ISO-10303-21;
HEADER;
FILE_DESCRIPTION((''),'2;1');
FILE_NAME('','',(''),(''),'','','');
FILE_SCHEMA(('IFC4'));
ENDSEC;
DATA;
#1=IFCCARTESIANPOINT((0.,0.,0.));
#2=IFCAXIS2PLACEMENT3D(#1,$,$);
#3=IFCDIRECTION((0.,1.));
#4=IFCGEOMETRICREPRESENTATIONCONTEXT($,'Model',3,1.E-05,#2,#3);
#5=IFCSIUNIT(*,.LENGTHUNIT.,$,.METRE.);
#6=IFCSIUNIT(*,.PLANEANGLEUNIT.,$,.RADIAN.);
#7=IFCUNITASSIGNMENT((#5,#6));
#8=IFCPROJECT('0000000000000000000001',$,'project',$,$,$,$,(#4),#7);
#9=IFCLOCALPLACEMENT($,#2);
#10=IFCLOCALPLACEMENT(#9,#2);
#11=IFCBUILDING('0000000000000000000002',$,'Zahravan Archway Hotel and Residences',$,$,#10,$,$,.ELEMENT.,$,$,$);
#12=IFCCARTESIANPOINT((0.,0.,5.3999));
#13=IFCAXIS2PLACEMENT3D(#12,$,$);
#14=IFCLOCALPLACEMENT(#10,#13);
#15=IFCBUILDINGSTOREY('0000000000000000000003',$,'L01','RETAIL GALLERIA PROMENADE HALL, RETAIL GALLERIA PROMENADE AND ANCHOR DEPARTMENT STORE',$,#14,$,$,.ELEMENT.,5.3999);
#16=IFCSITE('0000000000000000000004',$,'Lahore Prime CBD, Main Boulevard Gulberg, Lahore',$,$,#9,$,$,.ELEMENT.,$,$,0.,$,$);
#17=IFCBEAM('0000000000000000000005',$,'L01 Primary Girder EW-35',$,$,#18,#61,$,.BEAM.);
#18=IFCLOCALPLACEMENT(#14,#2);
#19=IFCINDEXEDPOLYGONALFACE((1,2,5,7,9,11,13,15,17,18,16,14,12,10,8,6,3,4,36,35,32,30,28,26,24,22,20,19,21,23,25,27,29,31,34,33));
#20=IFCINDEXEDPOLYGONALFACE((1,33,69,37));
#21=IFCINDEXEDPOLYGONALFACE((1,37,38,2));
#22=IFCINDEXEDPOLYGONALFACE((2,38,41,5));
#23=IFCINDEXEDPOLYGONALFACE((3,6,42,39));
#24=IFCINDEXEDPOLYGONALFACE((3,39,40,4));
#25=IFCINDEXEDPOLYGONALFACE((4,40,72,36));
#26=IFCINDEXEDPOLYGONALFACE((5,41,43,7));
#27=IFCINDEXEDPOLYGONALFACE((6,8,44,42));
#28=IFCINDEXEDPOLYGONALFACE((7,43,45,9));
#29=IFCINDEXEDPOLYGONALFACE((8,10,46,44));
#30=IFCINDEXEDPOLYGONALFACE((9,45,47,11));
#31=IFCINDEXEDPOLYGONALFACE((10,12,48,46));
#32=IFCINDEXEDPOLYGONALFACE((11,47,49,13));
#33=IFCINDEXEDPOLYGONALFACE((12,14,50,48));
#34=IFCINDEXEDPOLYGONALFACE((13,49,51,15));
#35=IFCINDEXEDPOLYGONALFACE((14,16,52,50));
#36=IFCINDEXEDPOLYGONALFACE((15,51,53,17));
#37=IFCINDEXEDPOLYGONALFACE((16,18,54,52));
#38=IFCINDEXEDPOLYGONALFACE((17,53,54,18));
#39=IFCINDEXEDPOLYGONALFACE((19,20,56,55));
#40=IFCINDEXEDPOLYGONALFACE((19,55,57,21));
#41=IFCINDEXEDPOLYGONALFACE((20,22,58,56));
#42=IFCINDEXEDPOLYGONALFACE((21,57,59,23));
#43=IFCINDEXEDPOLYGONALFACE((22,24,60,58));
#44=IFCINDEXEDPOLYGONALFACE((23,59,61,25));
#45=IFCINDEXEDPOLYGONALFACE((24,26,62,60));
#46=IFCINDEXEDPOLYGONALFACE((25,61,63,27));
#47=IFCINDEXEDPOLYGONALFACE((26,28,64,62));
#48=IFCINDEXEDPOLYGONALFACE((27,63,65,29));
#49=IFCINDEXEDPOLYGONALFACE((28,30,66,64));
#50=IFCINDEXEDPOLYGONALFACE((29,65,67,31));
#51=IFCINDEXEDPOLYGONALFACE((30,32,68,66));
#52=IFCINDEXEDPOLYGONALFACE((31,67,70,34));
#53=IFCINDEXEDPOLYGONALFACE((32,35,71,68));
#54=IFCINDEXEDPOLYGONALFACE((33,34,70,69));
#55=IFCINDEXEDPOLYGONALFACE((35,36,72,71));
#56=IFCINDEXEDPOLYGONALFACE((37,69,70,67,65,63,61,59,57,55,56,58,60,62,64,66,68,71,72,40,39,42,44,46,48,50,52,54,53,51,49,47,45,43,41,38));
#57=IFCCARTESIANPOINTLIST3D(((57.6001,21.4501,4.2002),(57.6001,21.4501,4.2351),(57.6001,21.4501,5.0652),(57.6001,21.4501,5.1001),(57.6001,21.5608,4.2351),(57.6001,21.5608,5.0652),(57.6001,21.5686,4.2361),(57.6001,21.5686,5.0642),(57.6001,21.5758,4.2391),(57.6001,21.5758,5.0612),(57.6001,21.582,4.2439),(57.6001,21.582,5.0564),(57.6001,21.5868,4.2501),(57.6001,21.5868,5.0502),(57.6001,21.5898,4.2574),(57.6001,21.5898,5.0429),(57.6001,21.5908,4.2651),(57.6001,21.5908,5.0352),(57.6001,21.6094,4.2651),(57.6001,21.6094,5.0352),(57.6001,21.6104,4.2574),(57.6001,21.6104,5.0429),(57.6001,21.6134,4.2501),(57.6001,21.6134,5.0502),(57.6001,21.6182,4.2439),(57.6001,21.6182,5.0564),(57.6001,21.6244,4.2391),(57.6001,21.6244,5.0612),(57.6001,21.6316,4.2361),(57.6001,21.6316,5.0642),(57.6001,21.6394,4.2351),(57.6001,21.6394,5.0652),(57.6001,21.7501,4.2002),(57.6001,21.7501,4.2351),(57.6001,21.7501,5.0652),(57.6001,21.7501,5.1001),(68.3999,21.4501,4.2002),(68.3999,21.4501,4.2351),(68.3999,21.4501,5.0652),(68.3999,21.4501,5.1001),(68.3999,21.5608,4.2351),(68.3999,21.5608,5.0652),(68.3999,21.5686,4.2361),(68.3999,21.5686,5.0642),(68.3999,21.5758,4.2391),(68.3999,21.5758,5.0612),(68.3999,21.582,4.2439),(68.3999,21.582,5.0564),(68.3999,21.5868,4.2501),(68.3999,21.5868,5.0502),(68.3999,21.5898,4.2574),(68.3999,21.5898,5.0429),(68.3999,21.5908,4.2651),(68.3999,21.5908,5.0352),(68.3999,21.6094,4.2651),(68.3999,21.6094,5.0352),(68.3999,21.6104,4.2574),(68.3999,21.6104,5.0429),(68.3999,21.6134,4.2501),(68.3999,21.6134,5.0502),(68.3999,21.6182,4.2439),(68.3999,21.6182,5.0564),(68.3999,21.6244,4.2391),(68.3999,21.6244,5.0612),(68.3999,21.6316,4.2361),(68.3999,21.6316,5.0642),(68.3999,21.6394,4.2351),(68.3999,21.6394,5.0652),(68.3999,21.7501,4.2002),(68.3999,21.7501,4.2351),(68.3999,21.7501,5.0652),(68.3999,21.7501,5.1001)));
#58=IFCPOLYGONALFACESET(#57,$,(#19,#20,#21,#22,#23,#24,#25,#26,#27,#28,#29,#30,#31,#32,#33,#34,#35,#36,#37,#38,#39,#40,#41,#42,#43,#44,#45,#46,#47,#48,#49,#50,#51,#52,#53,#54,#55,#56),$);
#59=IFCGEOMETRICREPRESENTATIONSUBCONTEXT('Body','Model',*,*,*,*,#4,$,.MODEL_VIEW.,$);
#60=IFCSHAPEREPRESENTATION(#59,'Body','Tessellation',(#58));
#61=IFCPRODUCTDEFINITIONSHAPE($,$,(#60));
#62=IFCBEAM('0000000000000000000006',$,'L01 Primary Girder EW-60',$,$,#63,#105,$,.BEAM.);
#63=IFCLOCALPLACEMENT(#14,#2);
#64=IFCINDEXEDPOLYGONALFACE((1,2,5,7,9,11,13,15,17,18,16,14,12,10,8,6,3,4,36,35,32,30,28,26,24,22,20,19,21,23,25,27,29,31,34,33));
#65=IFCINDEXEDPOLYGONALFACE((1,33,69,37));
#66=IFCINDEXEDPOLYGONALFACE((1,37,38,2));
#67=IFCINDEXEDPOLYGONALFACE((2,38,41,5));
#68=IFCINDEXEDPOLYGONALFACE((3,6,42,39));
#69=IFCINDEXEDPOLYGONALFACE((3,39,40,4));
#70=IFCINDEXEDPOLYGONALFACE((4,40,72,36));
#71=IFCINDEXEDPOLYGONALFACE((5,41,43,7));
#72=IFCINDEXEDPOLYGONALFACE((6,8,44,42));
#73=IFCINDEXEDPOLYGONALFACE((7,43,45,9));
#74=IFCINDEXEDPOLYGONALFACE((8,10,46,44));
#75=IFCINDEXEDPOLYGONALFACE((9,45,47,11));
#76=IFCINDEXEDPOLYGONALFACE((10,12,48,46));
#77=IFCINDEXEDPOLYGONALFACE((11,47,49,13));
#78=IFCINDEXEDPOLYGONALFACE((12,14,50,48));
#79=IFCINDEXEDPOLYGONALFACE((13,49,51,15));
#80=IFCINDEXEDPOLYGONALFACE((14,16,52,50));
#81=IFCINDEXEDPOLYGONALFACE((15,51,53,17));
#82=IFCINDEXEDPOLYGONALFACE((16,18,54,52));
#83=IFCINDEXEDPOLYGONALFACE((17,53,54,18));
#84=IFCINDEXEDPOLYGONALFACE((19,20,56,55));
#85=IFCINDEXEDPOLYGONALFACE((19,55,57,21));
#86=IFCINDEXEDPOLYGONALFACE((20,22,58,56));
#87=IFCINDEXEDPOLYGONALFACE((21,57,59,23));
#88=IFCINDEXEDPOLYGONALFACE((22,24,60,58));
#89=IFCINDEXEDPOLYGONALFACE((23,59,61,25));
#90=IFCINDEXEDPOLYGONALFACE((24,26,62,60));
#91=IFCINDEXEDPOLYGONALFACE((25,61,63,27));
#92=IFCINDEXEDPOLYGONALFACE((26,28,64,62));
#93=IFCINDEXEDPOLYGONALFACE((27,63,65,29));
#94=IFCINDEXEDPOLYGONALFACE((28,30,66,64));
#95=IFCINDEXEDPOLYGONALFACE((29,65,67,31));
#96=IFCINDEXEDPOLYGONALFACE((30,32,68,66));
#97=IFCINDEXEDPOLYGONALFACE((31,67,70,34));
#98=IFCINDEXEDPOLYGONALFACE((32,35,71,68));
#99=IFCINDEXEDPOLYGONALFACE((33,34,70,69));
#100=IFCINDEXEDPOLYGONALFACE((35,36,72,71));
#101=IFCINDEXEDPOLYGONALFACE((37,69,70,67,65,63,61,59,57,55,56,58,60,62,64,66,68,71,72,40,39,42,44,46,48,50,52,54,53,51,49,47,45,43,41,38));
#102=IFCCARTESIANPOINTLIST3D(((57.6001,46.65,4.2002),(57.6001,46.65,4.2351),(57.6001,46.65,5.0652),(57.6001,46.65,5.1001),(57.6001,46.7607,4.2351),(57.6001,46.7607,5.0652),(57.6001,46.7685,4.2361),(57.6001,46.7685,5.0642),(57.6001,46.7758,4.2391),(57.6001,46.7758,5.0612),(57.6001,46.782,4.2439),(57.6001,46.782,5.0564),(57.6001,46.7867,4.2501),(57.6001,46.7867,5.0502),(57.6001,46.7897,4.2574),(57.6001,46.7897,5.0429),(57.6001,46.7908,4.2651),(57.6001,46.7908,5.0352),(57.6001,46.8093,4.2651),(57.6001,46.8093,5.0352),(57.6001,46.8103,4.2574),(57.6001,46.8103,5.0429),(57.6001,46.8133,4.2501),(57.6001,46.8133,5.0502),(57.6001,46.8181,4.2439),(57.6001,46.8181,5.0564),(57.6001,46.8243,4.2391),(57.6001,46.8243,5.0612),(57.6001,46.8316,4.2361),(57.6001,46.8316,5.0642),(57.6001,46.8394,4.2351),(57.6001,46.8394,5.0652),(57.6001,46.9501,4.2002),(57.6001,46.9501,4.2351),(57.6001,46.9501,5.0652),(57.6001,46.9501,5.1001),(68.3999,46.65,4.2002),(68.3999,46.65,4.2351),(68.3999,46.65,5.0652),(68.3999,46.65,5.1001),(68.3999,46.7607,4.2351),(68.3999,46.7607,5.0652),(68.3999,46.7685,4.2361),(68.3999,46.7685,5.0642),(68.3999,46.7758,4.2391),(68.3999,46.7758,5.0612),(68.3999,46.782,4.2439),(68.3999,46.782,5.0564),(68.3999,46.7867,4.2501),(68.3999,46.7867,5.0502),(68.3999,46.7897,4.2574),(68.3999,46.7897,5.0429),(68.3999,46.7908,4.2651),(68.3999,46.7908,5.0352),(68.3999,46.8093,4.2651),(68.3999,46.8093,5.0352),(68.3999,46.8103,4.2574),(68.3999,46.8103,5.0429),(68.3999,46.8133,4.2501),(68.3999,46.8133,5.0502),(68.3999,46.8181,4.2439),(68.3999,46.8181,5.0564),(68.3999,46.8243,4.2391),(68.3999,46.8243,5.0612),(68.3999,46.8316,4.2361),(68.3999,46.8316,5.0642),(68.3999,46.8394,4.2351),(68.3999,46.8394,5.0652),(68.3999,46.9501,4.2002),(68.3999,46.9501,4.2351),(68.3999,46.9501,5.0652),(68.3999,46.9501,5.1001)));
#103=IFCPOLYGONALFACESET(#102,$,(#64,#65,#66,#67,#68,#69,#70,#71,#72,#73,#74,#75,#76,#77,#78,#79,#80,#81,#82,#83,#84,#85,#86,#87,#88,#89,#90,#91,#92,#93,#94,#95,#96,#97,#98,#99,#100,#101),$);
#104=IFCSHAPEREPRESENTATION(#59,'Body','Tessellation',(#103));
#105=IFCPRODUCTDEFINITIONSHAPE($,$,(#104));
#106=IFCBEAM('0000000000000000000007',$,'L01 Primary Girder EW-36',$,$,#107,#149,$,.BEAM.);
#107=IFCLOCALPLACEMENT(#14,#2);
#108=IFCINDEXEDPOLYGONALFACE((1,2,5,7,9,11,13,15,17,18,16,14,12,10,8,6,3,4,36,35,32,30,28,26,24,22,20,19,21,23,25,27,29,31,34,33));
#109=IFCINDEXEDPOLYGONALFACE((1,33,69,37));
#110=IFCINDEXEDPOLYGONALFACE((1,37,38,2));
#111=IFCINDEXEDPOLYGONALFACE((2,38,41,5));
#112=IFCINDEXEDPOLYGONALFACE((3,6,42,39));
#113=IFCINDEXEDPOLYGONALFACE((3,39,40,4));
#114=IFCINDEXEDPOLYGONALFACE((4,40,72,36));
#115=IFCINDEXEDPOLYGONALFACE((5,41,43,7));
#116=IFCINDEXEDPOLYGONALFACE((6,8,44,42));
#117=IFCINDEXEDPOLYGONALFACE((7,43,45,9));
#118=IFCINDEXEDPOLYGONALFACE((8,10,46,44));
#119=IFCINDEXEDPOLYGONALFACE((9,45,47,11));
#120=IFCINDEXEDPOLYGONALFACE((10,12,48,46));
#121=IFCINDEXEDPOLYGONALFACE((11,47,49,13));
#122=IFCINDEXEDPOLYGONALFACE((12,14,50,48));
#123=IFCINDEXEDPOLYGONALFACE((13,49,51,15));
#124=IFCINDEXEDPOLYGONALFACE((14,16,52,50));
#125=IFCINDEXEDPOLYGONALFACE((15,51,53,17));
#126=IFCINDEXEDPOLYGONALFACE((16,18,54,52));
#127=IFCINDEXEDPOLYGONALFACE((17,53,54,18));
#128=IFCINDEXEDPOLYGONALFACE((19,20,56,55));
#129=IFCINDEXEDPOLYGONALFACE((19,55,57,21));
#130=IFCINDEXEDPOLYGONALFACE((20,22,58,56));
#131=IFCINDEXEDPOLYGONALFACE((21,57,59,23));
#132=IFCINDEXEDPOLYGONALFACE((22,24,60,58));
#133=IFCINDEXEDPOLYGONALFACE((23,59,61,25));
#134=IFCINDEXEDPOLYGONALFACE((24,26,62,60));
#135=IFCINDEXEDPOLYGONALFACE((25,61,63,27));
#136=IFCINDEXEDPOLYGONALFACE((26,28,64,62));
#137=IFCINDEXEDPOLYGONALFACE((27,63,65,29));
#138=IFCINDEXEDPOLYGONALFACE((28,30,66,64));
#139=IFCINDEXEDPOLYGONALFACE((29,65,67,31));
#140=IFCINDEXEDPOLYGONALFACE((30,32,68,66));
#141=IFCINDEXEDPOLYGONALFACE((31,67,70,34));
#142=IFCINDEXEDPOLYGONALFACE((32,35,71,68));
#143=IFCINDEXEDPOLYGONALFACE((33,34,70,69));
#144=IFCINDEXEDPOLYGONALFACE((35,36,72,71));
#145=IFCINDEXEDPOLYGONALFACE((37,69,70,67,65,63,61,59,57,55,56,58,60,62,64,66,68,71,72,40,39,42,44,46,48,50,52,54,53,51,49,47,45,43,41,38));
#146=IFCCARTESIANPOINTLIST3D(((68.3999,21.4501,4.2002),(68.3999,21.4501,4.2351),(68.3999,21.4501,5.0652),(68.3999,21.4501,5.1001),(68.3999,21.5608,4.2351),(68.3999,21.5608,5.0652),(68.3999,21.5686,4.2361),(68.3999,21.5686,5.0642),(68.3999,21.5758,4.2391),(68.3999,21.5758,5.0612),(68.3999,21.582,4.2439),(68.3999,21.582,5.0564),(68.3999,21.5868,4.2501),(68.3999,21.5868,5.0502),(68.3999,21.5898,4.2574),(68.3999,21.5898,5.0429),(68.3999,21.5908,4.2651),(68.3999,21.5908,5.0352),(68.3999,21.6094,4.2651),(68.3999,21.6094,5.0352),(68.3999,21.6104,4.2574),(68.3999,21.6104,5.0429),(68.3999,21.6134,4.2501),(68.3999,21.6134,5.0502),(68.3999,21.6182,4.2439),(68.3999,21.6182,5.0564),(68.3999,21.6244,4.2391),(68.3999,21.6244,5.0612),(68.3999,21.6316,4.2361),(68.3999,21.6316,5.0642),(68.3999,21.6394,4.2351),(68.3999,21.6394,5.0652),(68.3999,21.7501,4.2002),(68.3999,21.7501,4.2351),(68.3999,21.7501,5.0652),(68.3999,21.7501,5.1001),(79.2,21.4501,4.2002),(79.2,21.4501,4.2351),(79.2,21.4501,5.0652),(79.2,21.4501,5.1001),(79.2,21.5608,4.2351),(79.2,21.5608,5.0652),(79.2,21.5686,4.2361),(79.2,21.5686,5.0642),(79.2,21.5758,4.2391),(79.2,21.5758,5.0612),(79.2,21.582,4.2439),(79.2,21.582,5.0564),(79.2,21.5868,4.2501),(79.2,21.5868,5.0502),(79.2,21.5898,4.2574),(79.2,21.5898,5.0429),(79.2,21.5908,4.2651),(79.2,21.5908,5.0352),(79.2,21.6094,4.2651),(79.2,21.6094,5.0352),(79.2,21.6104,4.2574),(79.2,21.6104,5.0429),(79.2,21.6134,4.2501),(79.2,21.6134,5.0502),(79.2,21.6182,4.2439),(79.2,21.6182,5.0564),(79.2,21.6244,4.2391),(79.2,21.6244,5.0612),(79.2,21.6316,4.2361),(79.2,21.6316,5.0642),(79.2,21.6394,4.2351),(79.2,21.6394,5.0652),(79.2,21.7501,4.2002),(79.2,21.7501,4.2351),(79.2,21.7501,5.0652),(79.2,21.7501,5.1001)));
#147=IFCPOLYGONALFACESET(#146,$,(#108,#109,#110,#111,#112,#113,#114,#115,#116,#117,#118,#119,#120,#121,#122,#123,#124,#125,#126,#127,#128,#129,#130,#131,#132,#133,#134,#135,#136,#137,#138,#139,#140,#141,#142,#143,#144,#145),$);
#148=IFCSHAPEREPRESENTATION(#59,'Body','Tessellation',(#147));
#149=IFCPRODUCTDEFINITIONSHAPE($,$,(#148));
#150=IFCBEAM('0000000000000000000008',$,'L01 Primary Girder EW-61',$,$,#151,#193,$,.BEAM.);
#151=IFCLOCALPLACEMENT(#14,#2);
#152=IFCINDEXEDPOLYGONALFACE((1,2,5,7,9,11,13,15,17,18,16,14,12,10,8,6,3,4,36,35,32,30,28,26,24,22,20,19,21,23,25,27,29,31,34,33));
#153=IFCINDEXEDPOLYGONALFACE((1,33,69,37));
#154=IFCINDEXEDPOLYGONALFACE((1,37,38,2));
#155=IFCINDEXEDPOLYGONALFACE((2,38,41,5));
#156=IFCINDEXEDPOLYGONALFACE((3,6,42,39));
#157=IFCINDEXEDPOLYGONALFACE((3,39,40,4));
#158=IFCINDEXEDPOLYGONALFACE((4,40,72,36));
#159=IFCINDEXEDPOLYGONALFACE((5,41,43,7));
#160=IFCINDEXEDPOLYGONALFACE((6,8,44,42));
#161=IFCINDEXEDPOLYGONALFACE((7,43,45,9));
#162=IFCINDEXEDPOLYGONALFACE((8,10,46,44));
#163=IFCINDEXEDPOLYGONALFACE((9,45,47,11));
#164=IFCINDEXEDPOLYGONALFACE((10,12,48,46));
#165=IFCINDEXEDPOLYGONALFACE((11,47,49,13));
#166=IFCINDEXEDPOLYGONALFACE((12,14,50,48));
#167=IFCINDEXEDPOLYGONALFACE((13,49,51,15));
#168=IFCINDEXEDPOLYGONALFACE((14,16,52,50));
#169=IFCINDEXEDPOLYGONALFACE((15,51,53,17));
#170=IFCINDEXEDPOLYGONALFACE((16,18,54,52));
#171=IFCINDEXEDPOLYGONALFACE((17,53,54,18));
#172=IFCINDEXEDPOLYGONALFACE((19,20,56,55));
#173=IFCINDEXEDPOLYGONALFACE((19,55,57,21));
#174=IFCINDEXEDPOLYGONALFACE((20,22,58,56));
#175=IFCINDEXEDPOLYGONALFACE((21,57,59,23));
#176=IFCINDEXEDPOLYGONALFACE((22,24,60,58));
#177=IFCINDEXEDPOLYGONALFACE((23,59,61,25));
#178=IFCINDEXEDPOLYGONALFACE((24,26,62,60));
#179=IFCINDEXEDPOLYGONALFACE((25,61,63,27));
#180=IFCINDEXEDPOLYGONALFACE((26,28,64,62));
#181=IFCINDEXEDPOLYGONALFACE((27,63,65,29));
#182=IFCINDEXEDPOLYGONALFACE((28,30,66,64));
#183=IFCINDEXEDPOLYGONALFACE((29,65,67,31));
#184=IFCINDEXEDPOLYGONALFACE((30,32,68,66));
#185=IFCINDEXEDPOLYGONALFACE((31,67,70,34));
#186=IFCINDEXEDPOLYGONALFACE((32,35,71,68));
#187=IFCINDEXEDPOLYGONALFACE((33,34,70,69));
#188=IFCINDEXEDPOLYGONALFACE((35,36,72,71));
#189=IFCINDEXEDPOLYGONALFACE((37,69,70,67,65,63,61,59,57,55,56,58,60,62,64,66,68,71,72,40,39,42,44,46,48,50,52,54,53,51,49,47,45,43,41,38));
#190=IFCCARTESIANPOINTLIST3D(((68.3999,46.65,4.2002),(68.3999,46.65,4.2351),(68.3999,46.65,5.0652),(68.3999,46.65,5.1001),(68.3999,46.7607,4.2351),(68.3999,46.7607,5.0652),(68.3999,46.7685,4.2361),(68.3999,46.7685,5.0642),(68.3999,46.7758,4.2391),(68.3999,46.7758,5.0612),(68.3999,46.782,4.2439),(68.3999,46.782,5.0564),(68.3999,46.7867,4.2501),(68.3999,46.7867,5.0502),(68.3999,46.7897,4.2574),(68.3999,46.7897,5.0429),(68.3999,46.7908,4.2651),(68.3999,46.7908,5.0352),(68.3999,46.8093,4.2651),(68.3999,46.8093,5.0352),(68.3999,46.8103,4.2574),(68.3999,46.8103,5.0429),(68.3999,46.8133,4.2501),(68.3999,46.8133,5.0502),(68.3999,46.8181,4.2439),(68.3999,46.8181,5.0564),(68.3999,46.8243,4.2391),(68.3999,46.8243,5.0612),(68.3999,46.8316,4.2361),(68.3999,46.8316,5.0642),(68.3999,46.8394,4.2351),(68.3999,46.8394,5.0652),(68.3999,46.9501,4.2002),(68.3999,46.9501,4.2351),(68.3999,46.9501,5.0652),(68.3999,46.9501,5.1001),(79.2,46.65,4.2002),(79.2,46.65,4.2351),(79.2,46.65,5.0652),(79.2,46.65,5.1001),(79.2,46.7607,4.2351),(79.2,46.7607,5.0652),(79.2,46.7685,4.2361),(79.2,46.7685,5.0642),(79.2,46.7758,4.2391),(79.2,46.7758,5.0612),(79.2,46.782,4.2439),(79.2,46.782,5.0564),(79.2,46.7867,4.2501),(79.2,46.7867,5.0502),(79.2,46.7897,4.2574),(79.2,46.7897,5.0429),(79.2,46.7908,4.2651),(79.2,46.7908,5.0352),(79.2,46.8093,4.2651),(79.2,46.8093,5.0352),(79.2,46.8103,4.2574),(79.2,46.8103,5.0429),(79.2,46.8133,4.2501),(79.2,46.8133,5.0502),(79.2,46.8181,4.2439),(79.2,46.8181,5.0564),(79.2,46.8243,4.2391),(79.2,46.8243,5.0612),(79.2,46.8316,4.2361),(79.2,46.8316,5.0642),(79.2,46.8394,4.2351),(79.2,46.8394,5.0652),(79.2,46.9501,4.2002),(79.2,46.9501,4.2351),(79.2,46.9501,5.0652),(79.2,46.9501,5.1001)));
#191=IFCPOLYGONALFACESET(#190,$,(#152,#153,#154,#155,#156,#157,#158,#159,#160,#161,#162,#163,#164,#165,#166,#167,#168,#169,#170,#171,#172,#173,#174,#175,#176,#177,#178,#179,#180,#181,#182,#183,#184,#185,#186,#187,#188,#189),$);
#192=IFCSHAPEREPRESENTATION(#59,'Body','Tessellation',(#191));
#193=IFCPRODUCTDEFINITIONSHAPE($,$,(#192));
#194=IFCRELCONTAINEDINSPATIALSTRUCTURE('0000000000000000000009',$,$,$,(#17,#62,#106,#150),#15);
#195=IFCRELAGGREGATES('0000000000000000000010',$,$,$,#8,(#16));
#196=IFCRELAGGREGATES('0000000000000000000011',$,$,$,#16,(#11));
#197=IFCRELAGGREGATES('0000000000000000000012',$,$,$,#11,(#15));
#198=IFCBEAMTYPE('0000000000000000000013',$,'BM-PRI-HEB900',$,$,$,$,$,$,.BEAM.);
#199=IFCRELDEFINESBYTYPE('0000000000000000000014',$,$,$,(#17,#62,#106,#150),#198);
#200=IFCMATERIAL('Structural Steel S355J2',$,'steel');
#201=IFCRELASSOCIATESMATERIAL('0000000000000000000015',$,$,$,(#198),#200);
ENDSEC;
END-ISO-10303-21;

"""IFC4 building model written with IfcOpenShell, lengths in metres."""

from ifc_helpers import new_model, si_unit, direction, frame, origin, origin_2d, place, context, subcontext, project, spatial, i_section, extrude, source, transform, mapped, material, material_profile, profile_set, type_object, element, save


model = new_model("IFC4")

# Units and contexts
model_context = context("Model", 3, precision=1e-05, world=origin(), true_north=direction((0.0, 1.0)))
body_context = subcontext(model_context, "Body", "Model", "MODEL_VIEW")
ifc_project = project(units=[si_unit("LENGTHUNIT", "METRE"), si_unit("PLANEANGLEUNIT", "RADIAN")], contexts=[model_context])

# Site, building, storey
site_placement = place(None, origin())
site = spatial("IfcSite", under=ifc_project, at=site_placement, Name="Lahore Prime CBD, Main Boulevard Gulberg, Lahore", CompositionType="ELEMENT", RefElevation=0.0)
building_placement = place(site_placement, origin())
building = spatial("IfcBuilding", under=site, at=building_placement, Name="Zahravan Archway Hotel and Residences", CompositionType="ELEMENT")
storey_placement = place(building_placement, frame((0.0, 0.0, 5.3999)))
storey = spatial("IfcBuildingStorey", under=building, at=storey_placement, Name="L01", Description="RETAIL GALLERIA PROMENADE HALL, RETAIL GALLERIA PROMENADE AND ANCHOR DEPARTMENT STORE", CompositionType="ELEMENT", Elevation=5.3999)

# Beams
ifc_material_1 = material(Name="Structural Steel S355J2", Category="steel")
ifc_material_profile_1 = material_profile(ifc_material_1, i_section(OverallWidth=0.3, OverallDepth=0.8999, WebThickness=0.0186, FlangeThickness=0.0349, FilletRadius=0.03, at=origin_2d()), Name="HEB 900", Category="steel")
ifc_profile_set_1 = profile_set([ifc_material_profile_1], Name="Structural Steel S355J2")
beam_type_1 = type_object("IfcBeamType", Name="BM-PRI-HEB900", PredefinedType="BEAM", material=ifc_profile_set_1)
shared_shape_1 = source(origin(), body_context, "Body", "SweptSolid", [
    extrude(i_section(OverallWidth=0.3, OverallDepth=0.8999, WebThickness=0.0186, FlangeThickness=0.0349, FilletRadius=0.03, at=origin_2d()), origin(), (0.0, 0.0, 1.0), 10.7998),
])
for number, where, z_axis, x_axis, name in (
    (1, (57.6001, 21.6001, 4.6501), (1.0, 0.0, 0.0), (0.0, 1.0, 0.0), "L01 Primary Girder EW-35"),
    (2, (57.6001, 46.8, 4.6501), (1.0, 0.0, 0.0), (0.0, 1.0, 0.0), "L01 Primary Girder EW-60"),
):
    element("IfcBeam", number, at=place(storey_placement, frame(where, z_axis=z_axis, x_axis=x_axis)), inside=storey, type_object=beam_type_1, Name=name, PredefinedType="BEAM", context=body_context, shape_type="MappedRepresentation", body=[
        mapped(shared_shape_1, transform((0.0, 0.0, 0.0), scale=1.0)),
    ])
shared_shape_2 = source(origin(), body_context, "Body", "SweptSolid", [
    extrude(i_section(OverallWidth=0.3, OverallDepth=0.8999, WebThickness=0.0186, FlangeThickness=0.0349, FilletRadius=0.03, at=origin_2d()), origin(), (0.0, 0.0, 1.0), 10.8),
])
for number, where, z_axis, x_axis, name in (
    (3, (68.3999, 21.6001, 4.6501), (1.0, 0.0, 0.0), (0.0, 1.0, 0.0), "L01 Primary Girder EW-36"),
    (4, (68.3999, 46.8, 4.6501), (1.0, 0.0, 0.0), (0.0, 1.0, 0.0), "L01 Primary Girder EW-61"),
):
    element("IfcBeam", number, at=place(storey_placement, frame(where, z_axis=z_axis, x_axis=x_axis)), inside=storey, type_object=beam_type_1, Name=name, PredefinedType="BEAM", context=body_context, shape_type="MappedRepresentation", body=[
        mapped(shared_shape_2, transform((0.0, 0.0, 0.0), scale=1.0)),
    ])

save(model, "model.ifc")
